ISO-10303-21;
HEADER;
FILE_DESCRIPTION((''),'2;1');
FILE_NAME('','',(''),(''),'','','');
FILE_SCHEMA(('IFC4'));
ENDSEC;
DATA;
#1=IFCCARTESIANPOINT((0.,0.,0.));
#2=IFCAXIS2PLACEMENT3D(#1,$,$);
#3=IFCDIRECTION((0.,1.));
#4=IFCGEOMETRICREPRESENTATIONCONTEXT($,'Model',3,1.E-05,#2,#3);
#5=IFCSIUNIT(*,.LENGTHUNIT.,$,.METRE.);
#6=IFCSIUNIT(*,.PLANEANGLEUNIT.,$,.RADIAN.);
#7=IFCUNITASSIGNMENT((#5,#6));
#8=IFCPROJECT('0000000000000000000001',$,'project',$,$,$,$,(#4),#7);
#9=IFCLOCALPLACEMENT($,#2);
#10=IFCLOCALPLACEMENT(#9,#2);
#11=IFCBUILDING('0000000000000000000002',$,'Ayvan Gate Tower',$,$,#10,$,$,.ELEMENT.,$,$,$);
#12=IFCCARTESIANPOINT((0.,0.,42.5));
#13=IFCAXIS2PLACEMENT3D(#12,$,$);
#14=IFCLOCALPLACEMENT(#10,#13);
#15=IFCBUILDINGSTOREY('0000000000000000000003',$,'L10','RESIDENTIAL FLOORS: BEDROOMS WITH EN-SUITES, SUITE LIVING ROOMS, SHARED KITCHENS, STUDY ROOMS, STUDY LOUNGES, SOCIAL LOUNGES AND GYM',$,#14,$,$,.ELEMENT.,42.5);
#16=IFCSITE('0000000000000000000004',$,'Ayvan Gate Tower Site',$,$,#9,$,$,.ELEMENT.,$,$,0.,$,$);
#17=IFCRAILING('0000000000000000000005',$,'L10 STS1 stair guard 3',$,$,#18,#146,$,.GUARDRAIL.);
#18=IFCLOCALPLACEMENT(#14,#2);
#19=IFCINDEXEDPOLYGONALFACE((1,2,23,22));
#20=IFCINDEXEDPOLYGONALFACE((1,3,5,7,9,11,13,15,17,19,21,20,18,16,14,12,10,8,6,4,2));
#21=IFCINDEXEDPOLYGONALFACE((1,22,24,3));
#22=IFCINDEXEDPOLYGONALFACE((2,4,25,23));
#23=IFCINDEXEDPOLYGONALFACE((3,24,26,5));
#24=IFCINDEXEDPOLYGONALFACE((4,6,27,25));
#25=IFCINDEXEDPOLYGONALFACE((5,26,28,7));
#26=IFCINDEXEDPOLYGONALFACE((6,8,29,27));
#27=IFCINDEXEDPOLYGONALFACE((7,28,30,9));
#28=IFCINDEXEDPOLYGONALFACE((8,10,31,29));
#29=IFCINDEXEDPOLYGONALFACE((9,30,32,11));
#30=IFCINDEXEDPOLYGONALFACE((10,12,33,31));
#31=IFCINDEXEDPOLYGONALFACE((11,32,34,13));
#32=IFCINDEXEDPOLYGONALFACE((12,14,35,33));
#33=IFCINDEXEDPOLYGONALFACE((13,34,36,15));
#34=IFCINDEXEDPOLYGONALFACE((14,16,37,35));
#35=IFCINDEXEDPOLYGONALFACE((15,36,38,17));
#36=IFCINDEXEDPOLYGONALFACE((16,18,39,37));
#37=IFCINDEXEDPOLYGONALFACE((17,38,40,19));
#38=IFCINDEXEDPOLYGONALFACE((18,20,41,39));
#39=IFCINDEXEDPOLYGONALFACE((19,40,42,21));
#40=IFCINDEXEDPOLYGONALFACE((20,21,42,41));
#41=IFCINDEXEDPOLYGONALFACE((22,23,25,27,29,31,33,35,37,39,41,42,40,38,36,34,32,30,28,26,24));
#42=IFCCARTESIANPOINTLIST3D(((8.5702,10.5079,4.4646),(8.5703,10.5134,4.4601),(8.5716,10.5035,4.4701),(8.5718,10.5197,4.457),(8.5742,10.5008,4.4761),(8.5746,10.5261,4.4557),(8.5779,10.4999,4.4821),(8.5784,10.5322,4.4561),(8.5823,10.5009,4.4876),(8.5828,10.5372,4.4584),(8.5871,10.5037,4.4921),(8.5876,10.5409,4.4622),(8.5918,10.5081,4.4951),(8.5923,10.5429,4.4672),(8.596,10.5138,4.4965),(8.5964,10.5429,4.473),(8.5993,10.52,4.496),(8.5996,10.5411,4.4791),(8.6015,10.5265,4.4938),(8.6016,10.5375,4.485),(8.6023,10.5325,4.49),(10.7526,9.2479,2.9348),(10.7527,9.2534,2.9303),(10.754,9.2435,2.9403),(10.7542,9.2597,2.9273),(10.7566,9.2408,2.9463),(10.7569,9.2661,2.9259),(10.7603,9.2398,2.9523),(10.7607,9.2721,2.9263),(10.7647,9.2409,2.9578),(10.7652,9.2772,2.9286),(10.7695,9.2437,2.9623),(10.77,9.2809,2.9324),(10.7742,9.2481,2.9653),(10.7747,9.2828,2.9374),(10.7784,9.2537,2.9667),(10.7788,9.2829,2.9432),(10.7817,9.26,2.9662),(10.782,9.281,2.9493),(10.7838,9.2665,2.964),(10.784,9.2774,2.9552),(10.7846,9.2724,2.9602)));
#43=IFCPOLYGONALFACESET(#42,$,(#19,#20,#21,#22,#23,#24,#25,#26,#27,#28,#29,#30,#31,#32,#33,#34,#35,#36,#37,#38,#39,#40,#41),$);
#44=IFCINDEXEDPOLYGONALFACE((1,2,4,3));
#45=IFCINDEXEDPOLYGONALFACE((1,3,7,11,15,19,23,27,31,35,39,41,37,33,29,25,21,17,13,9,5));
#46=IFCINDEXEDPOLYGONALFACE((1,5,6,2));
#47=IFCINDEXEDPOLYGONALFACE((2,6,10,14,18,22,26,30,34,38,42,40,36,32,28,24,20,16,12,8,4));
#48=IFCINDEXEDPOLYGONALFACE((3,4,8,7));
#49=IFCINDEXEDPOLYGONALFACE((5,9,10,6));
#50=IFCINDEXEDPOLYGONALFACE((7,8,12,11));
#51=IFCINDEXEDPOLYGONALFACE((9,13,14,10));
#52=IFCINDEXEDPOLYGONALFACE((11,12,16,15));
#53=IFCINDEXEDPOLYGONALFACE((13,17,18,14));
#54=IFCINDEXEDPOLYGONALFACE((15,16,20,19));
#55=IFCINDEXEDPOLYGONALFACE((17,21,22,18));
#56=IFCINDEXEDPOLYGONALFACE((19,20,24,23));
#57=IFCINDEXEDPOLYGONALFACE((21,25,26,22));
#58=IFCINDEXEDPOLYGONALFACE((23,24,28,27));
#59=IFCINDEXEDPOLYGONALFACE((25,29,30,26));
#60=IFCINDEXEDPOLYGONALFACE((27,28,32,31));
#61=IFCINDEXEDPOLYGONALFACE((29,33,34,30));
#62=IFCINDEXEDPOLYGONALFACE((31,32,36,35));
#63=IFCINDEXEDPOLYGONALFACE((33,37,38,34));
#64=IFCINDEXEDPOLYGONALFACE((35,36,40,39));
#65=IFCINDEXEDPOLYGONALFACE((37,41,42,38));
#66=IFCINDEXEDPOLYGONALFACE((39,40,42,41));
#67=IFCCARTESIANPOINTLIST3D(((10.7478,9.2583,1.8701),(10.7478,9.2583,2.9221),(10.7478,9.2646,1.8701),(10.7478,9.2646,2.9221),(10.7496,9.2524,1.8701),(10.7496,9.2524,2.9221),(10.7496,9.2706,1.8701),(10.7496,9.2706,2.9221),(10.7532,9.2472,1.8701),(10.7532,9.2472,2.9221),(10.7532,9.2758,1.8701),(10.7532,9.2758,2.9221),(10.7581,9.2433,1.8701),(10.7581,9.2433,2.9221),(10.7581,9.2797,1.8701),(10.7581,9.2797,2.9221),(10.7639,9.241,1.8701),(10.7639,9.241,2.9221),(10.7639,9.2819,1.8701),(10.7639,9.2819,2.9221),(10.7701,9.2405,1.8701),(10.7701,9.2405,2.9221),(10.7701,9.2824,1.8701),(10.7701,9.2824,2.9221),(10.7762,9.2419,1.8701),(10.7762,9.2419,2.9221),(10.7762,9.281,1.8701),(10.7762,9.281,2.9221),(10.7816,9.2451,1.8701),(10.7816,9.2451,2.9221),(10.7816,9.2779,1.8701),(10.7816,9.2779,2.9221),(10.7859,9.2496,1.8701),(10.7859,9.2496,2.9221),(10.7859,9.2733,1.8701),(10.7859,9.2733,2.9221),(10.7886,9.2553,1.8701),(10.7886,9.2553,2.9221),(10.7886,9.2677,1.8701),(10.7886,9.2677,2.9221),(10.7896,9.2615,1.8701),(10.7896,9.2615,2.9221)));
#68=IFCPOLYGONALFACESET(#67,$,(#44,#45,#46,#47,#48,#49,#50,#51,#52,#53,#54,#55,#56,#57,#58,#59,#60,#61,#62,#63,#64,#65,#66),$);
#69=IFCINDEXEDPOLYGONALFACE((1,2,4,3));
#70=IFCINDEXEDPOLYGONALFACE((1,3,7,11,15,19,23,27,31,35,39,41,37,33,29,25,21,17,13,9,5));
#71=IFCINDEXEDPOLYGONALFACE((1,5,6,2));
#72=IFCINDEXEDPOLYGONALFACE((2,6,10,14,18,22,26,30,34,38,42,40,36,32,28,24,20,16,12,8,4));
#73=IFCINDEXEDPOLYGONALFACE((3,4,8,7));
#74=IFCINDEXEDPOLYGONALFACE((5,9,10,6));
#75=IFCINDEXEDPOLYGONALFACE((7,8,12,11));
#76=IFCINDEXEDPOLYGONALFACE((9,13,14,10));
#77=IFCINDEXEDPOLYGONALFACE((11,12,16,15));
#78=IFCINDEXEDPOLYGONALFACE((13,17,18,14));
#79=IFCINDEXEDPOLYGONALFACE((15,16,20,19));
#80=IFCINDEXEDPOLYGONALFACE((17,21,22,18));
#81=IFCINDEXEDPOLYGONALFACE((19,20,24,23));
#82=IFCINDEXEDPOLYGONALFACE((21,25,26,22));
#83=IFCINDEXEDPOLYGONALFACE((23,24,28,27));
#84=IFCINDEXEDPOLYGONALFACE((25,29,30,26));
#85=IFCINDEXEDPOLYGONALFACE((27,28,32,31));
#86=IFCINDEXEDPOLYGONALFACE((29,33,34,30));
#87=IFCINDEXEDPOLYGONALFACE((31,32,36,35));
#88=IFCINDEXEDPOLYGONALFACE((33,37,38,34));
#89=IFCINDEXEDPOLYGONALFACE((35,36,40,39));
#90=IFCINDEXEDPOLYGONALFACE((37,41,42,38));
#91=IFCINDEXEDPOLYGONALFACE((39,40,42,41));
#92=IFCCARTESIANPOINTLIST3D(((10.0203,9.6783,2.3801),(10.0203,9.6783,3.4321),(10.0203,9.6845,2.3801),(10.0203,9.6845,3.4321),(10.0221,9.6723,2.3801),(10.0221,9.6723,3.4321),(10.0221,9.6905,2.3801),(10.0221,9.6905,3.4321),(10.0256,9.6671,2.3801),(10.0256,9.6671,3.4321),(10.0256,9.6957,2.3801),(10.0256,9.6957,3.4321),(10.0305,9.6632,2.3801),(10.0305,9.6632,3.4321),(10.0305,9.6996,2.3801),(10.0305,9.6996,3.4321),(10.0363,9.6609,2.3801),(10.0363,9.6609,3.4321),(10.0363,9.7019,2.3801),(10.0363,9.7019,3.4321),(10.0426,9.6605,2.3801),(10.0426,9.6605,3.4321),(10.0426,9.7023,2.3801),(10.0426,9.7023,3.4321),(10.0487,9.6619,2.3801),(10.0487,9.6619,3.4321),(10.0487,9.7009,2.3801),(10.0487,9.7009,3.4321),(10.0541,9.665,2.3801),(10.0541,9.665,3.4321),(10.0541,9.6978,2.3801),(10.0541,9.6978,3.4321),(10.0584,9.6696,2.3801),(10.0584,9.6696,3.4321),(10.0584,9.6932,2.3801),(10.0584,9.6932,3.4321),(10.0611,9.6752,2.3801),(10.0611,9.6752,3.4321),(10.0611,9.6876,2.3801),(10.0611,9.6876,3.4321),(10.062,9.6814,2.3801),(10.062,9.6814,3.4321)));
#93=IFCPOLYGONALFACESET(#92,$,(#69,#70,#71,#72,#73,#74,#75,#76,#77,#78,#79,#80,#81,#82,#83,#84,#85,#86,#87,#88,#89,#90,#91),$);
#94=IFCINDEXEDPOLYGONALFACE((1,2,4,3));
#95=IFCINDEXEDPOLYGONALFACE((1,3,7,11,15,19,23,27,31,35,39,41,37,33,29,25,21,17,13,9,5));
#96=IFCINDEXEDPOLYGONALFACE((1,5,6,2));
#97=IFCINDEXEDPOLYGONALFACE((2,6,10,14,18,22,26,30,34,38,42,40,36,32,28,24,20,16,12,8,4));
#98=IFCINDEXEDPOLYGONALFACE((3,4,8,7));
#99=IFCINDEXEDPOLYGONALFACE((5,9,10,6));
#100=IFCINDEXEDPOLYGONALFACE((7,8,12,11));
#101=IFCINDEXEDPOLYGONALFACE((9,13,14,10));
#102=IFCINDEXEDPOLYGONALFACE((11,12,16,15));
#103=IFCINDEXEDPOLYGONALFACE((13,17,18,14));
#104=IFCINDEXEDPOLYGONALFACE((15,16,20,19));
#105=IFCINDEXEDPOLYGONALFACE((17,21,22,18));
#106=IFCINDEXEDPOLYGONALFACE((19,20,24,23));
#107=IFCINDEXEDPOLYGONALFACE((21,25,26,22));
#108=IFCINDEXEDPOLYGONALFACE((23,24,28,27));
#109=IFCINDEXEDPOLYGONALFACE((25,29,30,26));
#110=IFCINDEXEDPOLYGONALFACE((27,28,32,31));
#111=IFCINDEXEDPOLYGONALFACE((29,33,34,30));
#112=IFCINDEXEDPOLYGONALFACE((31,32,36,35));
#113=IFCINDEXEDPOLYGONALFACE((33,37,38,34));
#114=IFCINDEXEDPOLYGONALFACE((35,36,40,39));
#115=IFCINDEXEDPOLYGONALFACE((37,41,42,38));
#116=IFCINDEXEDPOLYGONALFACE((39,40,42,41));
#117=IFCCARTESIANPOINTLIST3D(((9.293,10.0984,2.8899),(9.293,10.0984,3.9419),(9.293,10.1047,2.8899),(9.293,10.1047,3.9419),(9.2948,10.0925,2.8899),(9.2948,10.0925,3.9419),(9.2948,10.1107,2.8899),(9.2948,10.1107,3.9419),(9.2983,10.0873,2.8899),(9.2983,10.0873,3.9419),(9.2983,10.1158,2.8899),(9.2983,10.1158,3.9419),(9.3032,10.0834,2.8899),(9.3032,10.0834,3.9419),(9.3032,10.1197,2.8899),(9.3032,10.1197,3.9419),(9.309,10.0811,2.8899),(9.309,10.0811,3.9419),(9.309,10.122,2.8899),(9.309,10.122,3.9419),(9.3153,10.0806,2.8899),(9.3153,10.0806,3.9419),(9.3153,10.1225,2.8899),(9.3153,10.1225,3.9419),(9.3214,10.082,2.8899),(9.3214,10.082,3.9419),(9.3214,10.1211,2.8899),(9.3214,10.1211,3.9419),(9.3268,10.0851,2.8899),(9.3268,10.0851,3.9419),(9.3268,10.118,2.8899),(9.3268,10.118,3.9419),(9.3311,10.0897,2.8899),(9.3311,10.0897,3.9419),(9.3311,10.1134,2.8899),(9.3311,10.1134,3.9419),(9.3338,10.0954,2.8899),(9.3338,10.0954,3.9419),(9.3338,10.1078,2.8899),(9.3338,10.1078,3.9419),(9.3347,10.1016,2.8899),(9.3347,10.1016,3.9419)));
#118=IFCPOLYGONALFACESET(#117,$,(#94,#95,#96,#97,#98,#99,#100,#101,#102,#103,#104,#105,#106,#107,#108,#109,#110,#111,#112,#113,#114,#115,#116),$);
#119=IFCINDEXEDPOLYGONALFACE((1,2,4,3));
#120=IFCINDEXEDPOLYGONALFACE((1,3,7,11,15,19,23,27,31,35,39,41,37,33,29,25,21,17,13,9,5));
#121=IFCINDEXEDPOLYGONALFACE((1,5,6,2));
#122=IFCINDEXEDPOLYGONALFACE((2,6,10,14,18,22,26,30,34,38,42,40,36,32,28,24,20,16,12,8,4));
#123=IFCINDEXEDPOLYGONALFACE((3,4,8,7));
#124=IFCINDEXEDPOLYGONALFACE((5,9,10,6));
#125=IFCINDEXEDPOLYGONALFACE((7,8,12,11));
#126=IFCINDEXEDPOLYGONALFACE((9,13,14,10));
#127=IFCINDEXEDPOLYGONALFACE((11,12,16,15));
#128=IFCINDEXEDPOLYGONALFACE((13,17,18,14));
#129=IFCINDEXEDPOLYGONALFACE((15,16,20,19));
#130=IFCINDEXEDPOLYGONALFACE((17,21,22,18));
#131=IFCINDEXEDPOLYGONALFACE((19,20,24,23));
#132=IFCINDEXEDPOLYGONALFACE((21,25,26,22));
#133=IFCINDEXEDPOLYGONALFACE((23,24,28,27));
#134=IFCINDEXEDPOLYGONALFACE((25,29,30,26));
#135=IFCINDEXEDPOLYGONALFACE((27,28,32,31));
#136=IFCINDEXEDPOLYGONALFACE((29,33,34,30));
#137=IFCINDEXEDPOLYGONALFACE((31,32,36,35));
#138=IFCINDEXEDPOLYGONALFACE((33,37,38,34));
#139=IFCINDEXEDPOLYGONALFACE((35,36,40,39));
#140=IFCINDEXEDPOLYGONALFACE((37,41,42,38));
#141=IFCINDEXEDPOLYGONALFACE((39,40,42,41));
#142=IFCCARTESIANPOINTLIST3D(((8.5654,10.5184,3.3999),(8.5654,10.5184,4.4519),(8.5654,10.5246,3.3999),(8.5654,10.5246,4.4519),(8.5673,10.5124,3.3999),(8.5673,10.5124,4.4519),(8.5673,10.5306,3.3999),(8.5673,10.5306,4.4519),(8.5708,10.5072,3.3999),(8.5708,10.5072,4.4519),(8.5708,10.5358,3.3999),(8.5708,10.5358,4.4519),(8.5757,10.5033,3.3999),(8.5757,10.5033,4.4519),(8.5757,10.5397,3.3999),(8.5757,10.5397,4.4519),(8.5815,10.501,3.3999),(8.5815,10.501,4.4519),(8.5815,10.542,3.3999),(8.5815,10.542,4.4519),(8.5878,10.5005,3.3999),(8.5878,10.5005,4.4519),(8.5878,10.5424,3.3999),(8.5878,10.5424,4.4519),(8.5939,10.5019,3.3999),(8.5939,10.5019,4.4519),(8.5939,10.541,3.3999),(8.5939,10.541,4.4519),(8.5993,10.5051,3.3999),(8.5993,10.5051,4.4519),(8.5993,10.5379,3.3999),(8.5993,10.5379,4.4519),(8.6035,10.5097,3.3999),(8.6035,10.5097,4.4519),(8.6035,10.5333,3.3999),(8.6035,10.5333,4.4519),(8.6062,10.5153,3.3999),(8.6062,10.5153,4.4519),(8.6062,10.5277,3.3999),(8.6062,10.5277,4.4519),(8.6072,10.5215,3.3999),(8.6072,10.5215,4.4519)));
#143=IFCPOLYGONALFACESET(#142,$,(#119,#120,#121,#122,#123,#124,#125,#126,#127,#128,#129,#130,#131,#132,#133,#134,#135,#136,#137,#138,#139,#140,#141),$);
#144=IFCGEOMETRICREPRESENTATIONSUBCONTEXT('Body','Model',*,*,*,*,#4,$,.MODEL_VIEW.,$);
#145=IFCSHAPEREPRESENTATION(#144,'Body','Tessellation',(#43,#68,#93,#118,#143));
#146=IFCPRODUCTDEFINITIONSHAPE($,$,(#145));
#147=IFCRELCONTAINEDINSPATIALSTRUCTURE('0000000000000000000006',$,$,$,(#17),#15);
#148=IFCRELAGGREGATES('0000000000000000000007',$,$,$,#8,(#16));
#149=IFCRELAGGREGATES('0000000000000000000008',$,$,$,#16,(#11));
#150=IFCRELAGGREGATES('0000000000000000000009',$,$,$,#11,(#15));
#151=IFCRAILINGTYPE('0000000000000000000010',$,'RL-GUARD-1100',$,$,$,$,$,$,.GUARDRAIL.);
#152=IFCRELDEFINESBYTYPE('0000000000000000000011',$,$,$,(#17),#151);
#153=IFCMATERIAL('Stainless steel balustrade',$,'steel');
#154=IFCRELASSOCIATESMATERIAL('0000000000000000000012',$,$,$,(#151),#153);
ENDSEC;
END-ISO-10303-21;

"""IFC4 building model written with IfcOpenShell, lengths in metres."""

from ifc_helpers import new_model, si_unit, direction, frame, origin, origin_2d, place, context, subcontext, project, spatial, circle, extrude, material, type_object, element, save


model = new_model("IFC4")

# Units and contexts
model_context = context("Model", 3, precision=1e-05, world=origin(), true_north=direction((0.0, 1.0)))
body_context = subcontext(model_context, "Body", "Model", "MODEL_VIEW")
ifc_project = project(units=[si_unit("LENGTHUNIT", "METRE"), si_unit("PLANEANGLEUNIT", "RADIAN")], contexts=[model_context])

# Site, building, storey
site_placement = place(None, origin())
site = spatial("IfcSite", under=ifc_project, at=site_placement, Name="Ayvan Gate Tower Site", CompositionType="ELEMENT", RefElevation=0.0)
building_placement = place(site_placement, origin())
building = spatial("IfcBuilding", under=site, at=building_placement, Name="Ayvan Gate Tower", CompositionType="ELEMENT")
storey_placement = place(building_placement, frame((0.0, 0.0, 42.5)))
storey = spatial("IfcBuildingStorey", under=building, at=storey_placement, Name="L10", Description="RESIDENTIAL FLOORS: BEDROOMS WITH EN-SUITES, SUITE LIVING ROOMS, SHARED KITCHENS, STUDY ROOMS, STUDY LOUNGES, SOCIAL LOUNGES AND GYM", CompositionType="ELEMENT", Elevation=42.5)

# Railing
ifc_material_1 = material(Name="Stainless steel balustrade", Category="steel")
railing_type_1 = type_object("IfcRailingType", Name="RL-GUARD-1100", PredefinedType="GUARDRAIL", material=ifc_material_1)
railing_1_placement = place(storey_placement, frame((10.7686, 9.2615, 1.8701)))
element("IfcRailing", 1, at=railing_1_placement, inside=storey, type_object=railing_type_1, Name="L10 STS1 stair guard 3", PredefinedType="GUARDRAIL", context=body_context, shape_type="SweptSolid", body=[
    extrude(circle(Radius=0.0239, at=origin_2d()), frame((0.0, 0.0, 1.0762), z_axis=(-0.740293, 0.427414, 0.518926), x_axis=(-0.500005, -0.866023, 0.0)), (0.0, 0.0, 1.0), 2.948),
    extrude(circle(Radius=0.021, at=origin_2d()), origin(), (0.0, 0.0, 1.0), 1.052),
    extrude(circle(Radius=0.021, at=origin_2d()), frame((-0.7275, 0.4199, 0.51)), (0.0, 0.0, 1.0), 1.052),
    extrude(circle(Radius=0.021, at=origin_2d()), frame((-1.4548, 0.8401, 1.0198)), (0.0, 0.0, 1.0), 1.052),
    extrude(circle(Radius=0.021, at=origin_2d()), frame((-2.1824, 1.26, 1.5298)), (0.0, 0.0, 1.0), 1.052),
])

save(model, "model.ifc")
